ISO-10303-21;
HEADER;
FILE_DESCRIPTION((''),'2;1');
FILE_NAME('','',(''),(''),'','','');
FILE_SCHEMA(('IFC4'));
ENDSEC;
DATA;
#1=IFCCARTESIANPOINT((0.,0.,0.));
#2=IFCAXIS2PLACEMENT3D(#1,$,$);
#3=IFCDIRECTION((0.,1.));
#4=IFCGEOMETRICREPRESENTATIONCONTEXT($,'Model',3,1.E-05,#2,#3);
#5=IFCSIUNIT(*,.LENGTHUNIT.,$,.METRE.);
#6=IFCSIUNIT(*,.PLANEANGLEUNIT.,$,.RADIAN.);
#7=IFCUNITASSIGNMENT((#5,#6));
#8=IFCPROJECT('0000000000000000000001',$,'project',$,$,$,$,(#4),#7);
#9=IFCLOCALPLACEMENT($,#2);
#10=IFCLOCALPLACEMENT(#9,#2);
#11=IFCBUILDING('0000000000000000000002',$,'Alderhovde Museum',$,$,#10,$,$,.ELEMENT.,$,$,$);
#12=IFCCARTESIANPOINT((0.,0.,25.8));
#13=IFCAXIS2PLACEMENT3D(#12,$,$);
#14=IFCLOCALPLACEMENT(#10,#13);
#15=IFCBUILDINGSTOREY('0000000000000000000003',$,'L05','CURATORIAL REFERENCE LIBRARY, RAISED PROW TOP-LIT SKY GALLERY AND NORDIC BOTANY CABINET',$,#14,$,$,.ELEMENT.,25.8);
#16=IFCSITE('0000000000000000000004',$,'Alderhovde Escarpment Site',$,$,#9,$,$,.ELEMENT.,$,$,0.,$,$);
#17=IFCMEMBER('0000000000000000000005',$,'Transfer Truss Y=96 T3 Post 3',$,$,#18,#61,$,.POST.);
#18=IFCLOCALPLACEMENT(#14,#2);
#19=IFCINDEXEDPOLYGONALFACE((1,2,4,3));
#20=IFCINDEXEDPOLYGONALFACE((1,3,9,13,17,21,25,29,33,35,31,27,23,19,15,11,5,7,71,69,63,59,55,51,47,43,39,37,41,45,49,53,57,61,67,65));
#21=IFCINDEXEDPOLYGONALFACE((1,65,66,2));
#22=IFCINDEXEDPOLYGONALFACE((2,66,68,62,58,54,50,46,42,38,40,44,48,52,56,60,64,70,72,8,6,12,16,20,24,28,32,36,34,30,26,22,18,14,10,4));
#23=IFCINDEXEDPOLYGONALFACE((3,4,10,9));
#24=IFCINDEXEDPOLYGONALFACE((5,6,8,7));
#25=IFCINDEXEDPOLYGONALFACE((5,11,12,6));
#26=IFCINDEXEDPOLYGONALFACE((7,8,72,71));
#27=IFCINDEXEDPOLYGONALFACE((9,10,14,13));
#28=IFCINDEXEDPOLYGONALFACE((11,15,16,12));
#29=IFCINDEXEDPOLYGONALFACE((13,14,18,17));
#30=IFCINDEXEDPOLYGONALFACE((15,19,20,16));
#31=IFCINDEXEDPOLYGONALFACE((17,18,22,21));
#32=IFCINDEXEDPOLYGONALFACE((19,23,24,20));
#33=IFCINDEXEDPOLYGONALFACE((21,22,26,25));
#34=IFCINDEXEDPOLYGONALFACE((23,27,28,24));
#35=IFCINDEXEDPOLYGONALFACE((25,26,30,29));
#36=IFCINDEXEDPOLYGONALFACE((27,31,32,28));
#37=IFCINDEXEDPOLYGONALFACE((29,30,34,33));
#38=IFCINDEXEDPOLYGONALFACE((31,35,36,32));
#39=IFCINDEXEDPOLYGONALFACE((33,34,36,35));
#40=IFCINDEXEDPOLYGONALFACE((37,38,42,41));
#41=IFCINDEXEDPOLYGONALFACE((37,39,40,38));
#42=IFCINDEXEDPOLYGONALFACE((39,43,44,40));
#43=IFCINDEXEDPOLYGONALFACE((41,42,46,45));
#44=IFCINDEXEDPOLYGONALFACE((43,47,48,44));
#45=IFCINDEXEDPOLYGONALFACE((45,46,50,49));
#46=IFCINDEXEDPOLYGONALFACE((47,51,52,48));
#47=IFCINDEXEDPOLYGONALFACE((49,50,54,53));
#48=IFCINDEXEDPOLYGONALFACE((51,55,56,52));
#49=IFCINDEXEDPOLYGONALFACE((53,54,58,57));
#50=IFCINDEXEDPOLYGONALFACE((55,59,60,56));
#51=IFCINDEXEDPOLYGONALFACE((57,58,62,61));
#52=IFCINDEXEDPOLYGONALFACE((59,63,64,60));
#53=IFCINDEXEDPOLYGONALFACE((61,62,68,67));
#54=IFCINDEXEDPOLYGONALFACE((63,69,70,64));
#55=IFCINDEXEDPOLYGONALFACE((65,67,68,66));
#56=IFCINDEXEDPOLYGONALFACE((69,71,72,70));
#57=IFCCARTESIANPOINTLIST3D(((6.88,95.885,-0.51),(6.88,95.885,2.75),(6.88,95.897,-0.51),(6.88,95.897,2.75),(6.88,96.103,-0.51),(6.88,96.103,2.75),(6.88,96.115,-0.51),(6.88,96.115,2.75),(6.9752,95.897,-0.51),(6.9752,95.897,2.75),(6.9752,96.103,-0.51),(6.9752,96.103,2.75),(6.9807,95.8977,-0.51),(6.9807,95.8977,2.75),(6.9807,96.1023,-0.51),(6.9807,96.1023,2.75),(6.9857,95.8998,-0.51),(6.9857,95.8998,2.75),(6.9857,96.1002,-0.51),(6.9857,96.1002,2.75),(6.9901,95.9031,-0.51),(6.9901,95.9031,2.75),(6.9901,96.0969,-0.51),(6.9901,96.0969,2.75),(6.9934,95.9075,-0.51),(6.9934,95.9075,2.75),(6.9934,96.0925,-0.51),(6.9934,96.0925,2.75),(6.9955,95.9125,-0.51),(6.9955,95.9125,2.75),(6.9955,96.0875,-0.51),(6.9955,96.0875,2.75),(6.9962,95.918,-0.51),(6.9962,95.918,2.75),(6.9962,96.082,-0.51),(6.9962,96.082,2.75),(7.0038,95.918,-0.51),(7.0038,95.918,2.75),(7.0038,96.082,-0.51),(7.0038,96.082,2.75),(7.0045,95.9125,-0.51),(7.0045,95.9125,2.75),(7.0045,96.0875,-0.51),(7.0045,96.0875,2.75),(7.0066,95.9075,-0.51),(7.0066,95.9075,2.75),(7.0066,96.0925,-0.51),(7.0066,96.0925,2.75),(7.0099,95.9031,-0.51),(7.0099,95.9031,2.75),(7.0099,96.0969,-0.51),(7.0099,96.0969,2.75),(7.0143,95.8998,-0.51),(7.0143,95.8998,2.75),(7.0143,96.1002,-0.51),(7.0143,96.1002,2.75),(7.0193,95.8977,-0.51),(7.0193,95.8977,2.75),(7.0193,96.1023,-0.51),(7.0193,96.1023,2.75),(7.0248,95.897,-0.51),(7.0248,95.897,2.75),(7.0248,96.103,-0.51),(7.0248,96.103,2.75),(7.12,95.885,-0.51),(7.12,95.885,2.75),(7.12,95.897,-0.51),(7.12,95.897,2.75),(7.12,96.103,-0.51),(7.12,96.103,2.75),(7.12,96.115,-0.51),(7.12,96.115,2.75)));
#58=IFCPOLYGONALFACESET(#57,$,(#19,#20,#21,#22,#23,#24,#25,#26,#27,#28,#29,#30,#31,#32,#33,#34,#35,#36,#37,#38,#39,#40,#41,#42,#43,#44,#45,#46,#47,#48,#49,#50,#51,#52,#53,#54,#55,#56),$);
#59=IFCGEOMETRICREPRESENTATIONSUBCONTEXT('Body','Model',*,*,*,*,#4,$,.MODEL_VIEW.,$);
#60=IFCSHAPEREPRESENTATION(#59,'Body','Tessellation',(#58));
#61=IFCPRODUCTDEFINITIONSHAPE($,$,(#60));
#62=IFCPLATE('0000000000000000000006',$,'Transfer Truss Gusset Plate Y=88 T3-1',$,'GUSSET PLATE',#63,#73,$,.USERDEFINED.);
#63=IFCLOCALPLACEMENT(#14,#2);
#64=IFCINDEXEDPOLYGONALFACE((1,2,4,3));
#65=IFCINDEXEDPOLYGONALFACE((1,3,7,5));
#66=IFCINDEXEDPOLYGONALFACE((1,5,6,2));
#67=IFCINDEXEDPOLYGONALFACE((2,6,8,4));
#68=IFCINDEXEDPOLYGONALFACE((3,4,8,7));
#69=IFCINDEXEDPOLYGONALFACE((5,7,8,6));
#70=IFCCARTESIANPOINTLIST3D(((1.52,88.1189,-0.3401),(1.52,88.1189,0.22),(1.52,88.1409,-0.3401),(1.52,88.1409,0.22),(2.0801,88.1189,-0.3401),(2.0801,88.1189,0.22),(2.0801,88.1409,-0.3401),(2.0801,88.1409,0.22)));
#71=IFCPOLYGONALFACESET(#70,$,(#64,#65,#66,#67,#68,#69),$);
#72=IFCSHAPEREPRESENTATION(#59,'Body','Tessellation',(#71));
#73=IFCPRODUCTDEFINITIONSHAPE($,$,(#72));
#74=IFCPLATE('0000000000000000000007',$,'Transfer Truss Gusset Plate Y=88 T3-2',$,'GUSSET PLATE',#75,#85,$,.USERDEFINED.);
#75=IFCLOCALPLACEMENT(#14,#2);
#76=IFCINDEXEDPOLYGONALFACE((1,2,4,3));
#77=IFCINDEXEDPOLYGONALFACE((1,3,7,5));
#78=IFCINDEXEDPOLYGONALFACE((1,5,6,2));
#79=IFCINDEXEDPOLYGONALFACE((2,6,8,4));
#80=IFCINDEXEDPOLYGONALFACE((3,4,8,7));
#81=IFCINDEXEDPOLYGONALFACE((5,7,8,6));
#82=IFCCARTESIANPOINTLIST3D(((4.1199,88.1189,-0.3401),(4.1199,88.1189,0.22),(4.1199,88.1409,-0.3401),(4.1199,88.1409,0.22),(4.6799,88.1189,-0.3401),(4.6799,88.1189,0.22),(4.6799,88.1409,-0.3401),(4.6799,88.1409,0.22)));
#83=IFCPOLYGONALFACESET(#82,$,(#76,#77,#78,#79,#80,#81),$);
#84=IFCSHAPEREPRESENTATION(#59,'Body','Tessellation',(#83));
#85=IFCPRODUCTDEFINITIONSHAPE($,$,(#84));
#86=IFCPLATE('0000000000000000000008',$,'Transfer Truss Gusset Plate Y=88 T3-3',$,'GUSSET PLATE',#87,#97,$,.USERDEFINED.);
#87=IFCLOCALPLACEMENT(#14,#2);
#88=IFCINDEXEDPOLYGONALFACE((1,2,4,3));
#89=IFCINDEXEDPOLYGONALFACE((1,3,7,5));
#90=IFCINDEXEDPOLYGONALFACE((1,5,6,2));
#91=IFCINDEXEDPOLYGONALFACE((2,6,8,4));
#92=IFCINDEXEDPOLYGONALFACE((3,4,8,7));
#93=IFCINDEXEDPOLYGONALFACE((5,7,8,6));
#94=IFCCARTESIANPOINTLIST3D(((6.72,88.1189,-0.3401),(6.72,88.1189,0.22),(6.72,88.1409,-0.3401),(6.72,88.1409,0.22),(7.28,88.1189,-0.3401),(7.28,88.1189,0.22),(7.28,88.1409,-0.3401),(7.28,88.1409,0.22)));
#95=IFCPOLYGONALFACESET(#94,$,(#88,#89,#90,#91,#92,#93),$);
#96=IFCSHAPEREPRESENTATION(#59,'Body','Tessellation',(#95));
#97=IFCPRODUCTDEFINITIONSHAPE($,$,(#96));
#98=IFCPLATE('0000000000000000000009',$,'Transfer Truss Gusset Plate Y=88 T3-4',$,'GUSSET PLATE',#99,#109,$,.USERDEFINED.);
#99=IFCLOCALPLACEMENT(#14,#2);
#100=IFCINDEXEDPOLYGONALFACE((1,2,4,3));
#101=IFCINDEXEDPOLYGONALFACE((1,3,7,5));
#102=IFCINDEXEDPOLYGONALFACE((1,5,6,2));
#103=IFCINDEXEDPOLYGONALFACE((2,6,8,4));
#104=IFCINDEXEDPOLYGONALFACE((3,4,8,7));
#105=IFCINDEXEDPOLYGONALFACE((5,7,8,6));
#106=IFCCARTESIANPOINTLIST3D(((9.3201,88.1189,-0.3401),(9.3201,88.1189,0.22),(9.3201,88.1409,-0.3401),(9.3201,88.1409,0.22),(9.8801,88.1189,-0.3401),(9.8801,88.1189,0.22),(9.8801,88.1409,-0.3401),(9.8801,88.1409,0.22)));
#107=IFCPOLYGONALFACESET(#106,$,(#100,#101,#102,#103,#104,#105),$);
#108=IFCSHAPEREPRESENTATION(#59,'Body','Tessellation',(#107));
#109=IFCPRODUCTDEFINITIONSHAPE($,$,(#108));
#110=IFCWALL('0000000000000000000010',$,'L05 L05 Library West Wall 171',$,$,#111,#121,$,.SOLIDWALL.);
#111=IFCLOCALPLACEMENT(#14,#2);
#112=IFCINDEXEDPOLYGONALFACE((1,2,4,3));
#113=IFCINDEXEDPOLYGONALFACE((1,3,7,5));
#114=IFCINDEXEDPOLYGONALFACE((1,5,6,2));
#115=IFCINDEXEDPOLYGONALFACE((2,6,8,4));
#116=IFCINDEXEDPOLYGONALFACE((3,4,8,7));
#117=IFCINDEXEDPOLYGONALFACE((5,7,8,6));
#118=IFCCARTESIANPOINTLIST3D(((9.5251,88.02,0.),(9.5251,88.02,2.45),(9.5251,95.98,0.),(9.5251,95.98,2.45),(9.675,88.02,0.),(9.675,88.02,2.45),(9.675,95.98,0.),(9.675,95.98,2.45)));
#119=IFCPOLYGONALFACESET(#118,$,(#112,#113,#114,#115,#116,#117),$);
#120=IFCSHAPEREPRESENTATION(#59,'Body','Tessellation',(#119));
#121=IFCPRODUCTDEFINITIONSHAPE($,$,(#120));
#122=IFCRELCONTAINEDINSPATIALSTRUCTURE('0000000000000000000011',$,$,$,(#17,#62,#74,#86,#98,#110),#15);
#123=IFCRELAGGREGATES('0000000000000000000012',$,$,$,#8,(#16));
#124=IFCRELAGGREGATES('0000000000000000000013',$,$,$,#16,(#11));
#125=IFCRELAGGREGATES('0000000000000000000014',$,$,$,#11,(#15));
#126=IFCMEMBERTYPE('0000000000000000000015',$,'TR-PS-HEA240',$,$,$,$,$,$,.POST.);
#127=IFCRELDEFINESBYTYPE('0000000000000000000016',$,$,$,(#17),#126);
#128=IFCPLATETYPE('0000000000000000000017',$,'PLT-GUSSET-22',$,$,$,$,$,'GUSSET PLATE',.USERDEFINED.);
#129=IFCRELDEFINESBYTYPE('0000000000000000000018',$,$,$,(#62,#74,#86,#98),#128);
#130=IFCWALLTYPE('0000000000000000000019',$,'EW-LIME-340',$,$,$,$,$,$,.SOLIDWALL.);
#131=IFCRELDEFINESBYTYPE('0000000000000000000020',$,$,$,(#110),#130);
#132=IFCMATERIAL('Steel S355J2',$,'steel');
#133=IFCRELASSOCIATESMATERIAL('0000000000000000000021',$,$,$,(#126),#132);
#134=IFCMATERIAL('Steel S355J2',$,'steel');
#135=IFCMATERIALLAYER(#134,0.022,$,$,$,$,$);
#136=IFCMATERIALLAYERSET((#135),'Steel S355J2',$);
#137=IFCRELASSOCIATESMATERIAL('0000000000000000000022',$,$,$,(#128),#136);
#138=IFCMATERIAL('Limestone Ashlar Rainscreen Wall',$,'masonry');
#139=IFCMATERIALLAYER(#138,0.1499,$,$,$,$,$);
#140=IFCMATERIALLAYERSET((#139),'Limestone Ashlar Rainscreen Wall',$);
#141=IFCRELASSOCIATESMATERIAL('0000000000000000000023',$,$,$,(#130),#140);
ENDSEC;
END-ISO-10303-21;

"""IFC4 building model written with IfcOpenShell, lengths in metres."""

from ifc_helpers import new_model, si_unit, direction, frame, frame_2d, origin, origin_2d, place, context, subcontext, project, spatial, rectangle, i_section, extrude, material, layer, layer_set, material_profile, profile_set, type_object, element, save


model = new_model("IFC4")

# Units and contexts
model_context = context("Model", 3, precision=1e-05, world=origin(), true_north=direction((0.0, 1.0)))
body_context = subcontext(model_context, "Body", "Model", "MODEL_VIEW")
ifc_project = project(units=[si_unit("LENGTHUNIT", "METRE"), si_unit("PLANEANGLEUNIT", "RADIAN")], contexts=[model_context])

# Site, building, storey
site_placement = place(None, origin())
site = spatial("IfcSite", under=ifc_project, at=site_placement, Name="Alderhovde Escarpment Site", CompositionType="ELEMENT", RefElevation=0.0)
building_placement = place(site_placement, origin())
building = spatial("IfcBuilding", under=site, at=building_placement, Name="Alderhovde Museum", CompositionType="ELEMENT")
storey_placement = place(building_placement, frame((0.0, 0.0, 25.8)))
storey = spatial("IfcBuildingStorey", under=building, at=storey_placement, Name="L05", Description="CURATORIAL REFERENCE LIBRARY, RAISED PROW TOP-LIT SKY GALLERY AND NORDIC BOTANY CABINET", CompositionType="ELEMENT", Elevation=25.8)

# Member
ifc_material_1 = material(Name="Steel S355J2", Category="steel")
ifc_material_profile_1 = material_profile(ifc_material_1, i_section(OverallWidth=0.24, OverallDepth=0.23, WebThickness=0.0076, FlangeThickness=0.012, FilletRadius=0.021, at=origin_2d()), Name="HEA 240")
ifc_profile_set_1 = profile_set([ifc_material_profile_1], Name="Steel S355J2")
member_type_1 = type_object("IfcMemberType", Name="TR-PS-HEA240", PredefinedType="POST", material=ifc_profile_set_1)
for number, where, z_axis, x_axis, name in (
    (1, (7.0, 96.0, -0.51), (0.0, 0.0, 1.0), (1.0, 0.0, 0.0), "Transfer Truss Y=96 T3 Post 3"),
):
    element("IfcMember", number, at=place(storey_placement, frame(where, z_axis=z_axis, x_axis=x_axis)), inside=storey, type_object=member_type_1, Name=name, PredefinedType="POST", context=body_context, shape_type="SweptSolid", body=[
        extrude(i_section(OverallWidth=0.24, OverallDepth=0.23, WebThickness=0.0076, FlangeThickness=0.012, FilletRadius=0.021, at=origin_2d()), origin(), (0.0, 0.0, 1.0), 3.26),
    ])

# Plates
ifc_material_2 = material(Name="Steel S355J2", Category="steel")
ifc_layer_1 = layer(ifc_material_2, 0.022)
ifc_layer_set_1 = layer_set([ifc_layer_1], Name="Steel S355J2")
plate_type = type_object("IfcPlateType", Name="PLT-GUSSET-22", ElementType="GUSSET PLATE", PredefinedType="USERDEFINED", material=ifc_layer_set_1)
for number, where, z_axis, x_axis, name in (
    (2, (1.8, 88.1299, -0.3401), (0.0, 0.0, 1.0), (1.0, 0.0, 0.0), "Transfer Truss Gusset Plate Y=88 T3-1"),
    (3, (4.3999, 88.1299, -0.3401), (0.0, 0.0, 1.0), (1.0, 0.0, 0.0), "Transfer Truss Gusset Plate Y=88 T3-2"),
    (4, (7.0, 88.1299, -0.3401), (0.0, 0.0, 1.0), (1.0, 0.0, 0.0), "Transfer Truss Gusset Plate Y=88 T3-3"),
    (5, (9.6001, 88.1299, -0.3401), (0.0, 0.0, 1.0), (1.0, 0.0, 0.0), "Transfer Truss Gusset Plate Y=88 T3-4"),
):
    element("IfcPlate", number, at=place(storey_placement, frame(where, z_axis=z_axis, x_axis=x_axis)), inside=storey, type_object=plate_type, Name=name, ObjectType="GUSSET PLATE", PredefinedType="USERDEFINED", context=body_context, shape_type="SweptSolid", body=[
        extrude(rectangle(XDim=0.5601, YDim=0.022, at=origin_2d()), origin(), (0.0, 0.0, 1.0), 0.5601),
    ])

# Wall
ifc_material_3 = material(Name="Limestone Ashlar Rainscreen Wall", Category="masonry")
ifc_layer_2 = layer(ifc_material_3, 0.1499)
ifc_layer_set_2 = layer_set([ifc_layer_2], Name="Limestone Ashlar Rainscreen Wall")
wall_type = type_object("IfcWallType", Name="EW-LIME-340", PredefinedType="SOLIDWALL", material=ifc_layer_set_2)
wall_placement = place(storey_placement, frame((9.6001, 88.02, 0.0), z_axis=(0.0, 0.0, 1.0), x_axis=(0.0, 1.0, 0.0)))
element("IfcWall", 6, at=wall_placement, inside=storey, type_object=wall_type, Name="L05 L05 Library West Wall 171", PredefinedType="SOLIDWALL", context=body_context, shape_type="SweptSolid", body=[
    extrude(rectangle(XDim=7.96, YDim=0.1499, at=frame_2d((3.98, 0.0))), origin(), (0.0, 0.0, 1.0), 2.45),
])

save(model, "model.ifc")
